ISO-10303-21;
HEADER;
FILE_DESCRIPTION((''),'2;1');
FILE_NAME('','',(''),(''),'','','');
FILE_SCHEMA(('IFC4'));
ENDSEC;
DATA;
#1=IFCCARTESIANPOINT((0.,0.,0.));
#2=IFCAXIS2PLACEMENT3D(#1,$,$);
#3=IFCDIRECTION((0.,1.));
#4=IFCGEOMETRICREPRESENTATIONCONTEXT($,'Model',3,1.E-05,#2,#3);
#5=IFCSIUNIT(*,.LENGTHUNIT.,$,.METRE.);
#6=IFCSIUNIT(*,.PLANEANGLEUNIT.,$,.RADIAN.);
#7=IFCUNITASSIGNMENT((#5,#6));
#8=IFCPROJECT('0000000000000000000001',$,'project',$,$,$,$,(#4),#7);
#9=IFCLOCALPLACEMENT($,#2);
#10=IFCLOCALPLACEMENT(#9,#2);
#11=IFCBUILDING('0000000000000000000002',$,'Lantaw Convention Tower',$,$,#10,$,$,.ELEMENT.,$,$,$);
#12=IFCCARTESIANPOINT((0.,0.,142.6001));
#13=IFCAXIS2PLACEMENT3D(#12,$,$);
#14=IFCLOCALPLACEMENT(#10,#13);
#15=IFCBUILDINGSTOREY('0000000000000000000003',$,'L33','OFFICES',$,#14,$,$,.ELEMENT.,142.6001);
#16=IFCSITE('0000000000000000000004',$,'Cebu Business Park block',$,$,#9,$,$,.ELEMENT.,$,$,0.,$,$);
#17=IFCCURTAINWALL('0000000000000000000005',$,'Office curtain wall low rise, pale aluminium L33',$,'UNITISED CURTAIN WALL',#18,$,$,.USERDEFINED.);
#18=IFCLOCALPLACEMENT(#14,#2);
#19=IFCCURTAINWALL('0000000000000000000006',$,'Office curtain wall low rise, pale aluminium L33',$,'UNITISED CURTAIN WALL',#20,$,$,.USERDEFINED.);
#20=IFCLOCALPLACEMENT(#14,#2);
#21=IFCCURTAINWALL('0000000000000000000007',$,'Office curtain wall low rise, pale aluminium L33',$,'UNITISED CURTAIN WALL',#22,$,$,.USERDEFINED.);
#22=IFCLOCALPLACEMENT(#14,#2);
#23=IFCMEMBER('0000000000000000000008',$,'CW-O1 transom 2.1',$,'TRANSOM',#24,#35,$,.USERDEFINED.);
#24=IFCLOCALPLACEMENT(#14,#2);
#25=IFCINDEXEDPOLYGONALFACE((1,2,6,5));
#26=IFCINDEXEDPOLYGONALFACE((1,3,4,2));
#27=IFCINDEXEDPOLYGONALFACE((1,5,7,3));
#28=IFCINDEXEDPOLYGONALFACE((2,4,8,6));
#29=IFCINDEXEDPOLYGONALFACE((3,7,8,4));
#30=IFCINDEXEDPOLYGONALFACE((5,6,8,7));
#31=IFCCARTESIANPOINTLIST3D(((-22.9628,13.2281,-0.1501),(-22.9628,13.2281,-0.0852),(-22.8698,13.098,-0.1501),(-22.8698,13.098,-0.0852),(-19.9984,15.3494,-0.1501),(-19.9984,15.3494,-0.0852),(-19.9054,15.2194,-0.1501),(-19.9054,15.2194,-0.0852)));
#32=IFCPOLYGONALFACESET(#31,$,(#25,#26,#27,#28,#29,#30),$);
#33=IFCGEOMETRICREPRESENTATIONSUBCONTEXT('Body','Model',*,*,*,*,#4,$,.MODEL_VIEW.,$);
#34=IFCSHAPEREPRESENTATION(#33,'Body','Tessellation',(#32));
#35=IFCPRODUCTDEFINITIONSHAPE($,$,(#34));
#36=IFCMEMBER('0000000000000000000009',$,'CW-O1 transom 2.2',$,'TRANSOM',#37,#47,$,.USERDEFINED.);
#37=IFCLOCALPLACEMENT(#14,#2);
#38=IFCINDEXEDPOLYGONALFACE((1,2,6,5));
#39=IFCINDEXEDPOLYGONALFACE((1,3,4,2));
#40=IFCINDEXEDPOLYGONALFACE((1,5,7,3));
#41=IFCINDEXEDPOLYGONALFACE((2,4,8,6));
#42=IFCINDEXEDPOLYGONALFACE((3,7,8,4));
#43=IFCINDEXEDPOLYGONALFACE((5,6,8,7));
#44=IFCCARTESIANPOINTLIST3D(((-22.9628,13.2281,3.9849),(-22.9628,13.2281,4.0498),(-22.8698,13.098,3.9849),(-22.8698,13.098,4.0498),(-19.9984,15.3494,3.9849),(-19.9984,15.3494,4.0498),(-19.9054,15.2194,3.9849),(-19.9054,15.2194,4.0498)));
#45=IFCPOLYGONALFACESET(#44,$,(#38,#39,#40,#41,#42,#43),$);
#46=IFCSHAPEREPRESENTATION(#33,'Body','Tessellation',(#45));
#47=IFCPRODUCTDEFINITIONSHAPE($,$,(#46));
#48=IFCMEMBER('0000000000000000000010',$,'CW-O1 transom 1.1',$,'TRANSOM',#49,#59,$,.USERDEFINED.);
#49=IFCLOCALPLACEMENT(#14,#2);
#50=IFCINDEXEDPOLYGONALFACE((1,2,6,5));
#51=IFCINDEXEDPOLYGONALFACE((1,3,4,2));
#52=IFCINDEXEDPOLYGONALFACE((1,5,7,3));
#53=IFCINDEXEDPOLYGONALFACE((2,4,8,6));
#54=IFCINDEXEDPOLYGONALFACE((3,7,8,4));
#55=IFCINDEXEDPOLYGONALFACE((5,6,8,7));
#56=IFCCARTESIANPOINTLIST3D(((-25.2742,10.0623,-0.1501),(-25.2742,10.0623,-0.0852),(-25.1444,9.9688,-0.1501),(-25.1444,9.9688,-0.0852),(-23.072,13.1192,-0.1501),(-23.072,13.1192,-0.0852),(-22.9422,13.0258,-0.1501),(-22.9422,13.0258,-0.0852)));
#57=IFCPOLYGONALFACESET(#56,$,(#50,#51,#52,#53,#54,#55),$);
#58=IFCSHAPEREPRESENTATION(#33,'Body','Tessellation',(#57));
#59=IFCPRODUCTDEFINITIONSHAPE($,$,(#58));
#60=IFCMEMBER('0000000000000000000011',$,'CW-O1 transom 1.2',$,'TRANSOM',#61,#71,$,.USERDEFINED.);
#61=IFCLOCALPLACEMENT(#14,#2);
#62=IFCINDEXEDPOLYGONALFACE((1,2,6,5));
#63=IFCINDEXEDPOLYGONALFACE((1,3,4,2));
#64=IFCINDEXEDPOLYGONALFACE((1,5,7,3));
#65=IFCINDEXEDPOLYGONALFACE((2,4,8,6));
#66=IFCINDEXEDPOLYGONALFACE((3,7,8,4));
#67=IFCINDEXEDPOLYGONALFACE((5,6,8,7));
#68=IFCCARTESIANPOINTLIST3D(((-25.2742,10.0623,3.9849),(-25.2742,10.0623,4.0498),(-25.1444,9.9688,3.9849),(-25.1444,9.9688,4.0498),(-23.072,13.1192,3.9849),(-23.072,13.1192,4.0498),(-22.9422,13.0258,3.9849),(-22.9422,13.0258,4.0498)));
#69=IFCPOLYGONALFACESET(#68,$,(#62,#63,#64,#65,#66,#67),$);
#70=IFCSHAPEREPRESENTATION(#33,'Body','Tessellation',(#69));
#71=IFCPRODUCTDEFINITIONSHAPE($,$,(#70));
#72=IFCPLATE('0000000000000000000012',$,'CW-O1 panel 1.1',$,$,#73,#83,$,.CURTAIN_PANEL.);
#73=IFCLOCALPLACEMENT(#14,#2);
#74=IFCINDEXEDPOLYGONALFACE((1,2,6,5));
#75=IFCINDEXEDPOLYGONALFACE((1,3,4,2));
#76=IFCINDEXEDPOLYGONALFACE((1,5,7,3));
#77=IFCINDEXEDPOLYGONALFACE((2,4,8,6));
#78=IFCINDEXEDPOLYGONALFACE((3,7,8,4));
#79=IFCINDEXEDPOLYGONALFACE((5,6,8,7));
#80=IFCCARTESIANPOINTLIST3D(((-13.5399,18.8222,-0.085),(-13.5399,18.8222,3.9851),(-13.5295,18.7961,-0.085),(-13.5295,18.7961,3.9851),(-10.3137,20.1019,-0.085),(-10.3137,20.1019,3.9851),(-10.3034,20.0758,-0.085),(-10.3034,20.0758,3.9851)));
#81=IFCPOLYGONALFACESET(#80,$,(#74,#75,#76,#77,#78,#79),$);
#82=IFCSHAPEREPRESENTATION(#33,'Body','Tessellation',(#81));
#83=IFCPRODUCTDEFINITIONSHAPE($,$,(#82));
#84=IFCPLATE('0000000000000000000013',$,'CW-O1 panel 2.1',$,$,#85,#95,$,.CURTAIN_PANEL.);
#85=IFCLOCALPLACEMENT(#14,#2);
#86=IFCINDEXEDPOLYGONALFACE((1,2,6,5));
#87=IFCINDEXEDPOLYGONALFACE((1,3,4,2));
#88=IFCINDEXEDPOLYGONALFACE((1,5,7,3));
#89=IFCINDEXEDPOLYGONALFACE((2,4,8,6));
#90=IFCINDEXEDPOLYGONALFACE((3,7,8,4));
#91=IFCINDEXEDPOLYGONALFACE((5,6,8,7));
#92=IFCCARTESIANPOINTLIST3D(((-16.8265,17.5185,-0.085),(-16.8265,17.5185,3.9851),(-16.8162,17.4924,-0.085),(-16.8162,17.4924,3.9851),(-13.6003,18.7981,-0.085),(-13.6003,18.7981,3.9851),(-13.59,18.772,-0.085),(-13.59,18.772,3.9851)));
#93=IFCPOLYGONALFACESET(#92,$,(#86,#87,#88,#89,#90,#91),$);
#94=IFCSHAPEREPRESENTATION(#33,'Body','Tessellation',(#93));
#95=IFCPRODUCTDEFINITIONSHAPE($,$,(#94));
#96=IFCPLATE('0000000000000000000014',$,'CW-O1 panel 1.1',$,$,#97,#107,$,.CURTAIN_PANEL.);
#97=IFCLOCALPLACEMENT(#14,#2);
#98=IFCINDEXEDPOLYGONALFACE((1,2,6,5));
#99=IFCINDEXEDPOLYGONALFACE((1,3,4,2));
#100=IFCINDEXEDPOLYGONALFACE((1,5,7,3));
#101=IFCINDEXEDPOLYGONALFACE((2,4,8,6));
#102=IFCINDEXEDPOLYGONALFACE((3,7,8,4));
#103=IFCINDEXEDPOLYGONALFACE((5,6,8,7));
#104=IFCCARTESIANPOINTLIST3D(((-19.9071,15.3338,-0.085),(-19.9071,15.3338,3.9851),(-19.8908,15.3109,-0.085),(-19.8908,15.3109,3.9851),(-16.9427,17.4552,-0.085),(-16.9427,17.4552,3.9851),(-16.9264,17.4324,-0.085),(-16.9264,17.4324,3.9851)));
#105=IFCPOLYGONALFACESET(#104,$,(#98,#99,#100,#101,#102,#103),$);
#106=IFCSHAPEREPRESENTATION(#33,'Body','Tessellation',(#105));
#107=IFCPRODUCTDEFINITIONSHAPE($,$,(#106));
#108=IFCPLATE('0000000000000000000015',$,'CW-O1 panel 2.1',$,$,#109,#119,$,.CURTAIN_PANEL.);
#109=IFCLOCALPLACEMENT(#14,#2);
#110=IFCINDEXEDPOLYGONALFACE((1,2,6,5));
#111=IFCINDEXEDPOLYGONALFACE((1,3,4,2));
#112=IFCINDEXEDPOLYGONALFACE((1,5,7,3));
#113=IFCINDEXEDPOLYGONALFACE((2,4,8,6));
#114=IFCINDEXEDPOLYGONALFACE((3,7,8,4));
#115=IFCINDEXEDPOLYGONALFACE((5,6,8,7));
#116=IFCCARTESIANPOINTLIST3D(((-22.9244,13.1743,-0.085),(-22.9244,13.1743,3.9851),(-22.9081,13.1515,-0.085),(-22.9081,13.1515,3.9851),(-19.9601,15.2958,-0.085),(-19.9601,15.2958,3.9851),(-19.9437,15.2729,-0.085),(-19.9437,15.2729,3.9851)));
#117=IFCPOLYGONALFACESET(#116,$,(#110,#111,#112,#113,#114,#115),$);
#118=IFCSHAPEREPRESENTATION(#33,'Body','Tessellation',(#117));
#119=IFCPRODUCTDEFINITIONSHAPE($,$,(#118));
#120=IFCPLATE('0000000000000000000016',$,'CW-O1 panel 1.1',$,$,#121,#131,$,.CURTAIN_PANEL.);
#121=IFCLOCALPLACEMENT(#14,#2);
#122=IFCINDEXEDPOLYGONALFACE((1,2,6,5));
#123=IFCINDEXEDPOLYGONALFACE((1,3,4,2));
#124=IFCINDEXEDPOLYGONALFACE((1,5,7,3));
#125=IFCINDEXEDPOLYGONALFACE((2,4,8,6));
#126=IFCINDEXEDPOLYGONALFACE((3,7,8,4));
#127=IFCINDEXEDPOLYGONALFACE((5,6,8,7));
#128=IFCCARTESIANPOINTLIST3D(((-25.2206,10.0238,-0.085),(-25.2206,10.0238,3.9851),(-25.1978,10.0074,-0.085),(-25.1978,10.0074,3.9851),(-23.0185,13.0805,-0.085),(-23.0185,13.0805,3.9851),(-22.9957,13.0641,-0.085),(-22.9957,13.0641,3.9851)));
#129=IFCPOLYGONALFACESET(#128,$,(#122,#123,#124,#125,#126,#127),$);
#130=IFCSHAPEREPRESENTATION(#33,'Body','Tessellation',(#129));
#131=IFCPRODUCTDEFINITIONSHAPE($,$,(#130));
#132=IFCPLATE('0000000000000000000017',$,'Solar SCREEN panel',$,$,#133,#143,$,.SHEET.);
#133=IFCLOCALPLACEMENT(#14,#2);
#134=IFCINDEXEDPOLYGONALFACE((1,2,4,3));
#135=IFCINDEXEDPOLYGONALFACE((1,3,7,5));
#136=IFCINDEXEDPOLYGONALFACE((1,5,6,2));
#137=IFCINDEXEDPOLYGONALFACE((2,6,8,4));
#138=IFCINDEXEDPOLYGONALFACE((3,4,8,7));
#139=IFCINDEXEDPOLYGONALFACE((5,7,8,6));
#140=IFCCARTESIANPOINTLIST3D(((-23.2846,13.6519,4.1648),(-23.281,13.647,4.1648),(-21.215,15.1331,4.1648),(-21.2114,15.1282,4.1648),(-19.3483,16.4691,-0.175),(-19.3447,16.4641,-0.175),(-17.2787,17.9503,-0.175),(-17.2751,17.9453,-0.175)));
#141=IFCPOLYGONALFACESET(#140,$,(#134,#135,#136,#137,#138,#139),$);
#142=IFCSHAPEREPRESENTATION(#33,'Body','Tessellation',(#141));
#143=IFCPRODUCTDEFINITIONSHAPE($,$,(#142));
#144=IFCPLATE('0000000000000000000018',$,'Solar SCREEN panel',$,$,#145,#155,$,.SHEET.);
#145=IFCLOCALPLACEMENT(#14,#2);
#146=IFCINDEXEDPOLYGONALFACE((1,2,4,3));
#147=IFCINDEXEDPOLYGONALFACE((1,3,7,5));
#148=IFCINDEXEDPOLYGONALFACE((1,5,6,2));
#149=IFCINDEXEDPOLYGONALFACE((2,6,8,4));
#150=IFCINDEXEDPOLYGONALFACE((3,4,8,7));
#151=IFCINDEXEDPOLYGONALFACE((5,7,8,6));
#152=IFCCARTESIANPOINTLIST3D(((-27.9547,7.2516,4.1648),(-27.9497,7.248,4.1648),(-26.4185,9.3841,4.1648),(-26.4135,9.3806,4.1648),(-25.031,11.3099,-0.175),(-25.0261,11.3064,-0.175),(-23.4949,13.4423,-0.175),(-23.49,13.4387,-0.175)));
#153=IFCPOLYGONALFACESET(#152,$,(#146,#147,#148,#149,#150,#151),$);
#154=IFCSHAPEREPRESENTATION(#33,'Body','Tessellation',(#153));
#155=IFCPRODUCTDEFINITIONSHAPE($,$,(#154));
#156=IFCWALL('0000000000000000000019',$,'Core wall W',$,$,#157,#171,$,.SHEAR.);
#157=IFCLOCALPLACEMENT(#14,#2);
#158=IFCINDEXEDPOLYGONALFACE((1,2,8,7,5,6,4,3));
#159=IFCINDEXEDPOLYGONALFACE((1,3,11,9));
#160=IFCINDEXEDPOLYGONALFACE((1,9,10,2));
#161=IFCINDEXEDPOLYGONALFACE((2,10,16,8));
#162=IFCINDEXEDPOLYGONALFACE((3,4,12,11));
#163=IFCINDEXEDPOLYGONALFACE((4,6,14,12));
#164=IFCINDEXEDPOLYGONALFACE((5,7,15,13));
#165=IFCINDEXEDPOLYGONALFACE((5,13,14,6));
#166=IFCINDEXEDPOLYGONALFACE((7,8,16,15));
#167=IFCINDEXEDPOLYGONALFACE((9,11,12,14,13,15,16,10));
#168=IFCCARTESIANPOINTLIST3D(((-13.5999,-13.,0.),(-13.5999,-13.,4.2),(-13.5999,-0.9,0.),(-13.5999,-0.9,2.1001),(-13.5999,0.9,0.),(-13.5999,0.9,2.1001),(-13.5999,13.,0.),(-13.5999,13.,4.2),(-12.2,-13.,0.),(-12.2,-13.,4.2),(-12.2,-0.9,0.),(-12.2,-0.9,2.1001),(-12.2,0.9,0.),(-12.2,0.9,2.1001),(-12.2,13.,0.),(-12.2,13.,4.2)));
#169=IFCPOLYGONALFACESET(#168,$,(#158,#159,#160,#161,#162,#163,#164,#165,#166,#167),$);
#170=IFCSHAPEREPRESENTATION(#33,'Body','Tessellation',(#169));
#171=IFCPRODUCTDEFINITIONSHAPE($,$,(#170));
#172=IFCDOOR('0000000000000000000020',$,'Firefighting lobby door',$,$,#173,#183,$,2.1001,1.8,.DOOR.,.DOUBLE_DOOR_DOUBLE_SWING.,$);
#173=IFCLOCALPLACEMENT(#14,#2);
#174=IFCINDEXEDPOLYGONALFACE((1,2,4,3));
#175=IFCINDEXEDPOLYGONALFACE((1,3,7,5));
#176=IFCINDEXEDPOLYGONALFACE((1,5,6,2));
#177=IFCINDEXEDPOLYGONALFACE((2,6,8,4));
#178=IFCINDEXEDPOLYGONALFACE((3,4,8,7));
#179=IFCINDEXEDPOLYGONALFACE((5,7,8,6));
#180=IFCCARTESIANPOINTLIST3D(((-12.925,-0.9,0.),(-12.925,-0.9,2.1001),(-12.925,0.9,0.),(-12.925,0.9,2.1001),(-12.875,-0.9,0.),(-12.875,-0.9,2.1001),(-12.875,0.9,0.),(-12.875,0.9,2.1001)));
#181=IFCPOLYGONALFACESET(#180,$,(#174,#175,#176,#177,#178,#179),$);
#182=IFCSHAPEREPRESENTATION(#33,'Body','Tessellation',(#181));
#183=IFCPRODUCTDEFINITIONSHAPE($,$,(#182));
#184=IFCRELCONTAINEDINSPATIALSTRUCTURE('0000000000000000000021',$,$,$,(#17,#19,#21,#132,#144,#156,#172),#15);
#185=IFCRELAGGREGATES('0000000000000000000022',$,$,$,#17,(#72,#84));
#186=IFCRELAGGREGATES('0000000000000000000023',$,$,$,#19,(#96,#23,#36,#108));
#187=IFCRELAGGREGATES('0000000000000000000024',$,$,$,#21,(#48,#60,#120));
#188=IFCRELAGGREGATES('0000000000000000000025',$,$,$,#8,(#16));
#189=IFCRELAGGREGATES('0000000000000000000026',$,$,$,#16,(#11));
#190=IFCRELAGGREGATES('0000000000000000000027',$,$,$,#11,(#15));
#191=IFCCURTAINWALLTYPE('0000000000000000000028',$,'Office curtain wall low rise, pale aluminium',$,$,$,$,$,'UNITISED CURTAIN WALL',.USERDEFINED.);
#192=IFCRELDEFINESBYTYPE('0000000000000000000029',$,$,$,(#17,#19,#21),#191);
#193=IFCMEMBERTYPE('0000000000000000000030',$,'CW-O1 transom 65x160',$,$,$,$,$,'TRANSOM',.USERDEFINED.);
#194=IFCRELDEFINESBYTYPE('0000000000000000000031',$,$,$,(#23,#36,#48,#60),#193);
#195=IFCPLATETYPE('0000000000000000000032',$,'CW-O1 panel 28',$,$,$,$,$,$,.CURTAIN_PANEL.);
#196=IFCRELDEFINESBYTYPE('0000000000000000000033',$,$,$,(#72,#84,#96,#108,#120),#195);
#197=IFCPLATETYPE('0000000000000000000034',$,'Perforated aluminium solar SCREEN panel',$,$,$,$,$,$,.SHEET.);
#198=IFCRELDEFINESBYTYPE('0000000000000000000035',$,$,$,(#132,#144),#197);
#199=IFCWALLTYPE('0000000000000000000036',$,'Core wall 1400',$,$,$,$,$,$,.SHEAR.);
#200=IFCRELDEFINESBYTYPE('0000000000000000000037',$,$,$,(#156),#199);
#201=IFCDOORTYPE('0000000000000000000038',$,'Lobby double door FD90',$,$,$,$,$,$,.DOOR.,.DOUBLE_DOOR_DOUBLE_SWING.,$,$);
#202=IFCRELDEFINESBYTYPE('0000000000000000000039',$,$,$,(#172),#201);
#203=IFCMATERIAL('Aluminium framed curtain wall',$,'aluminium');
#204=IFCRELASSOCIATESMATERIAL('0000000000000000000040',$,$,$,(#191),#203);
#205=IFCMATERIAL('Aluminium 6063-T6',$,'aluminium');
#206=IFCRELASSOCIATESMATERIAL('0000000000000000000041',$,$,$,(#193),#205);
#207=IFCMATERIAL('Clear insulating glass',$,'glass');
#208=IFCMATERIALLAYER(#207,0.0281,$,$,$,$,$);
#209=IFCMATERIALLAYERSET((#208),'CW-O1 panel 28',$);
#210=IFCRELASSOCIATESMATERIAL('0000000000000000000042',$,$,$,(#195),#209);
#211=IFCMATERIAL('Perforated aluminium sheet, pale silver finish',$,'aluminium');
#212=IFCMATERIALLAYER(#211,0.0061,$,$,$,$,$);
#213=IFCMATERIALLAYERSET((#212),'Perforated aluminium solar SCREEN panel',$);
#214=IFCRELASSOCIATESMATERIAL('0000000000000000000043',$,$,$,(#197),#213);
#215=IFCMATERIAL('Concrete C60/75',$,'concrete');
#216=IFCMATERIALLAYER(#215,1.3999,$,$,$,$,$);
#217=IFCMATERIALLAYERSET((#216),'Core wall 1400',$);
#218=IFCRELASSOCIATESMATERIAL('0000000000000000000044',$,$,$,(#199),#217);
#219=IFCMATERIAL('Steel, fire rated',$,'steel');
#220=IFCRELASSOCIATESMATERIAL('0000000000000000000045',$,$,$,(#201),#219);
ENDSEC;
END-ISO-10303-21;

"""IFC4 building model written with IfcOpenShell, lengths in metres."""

from ifc_helpers import new_model, si_unit, direction, frame, frame_2d, origin, origin_2d, place, context, subcontext, project, spatial, polyline, rectangle, outline, extrude, material, layer, layer_set, material_profile, profile_set, type_object, element, fill, aggregate, save


model = new_model("IFC4")

# Units and contexts
model_context = context("Model", 3, precision=1e-05, world=origin(), true_north=direction((0.0, 1.0)))
body_context = subcontext(model_context, "Body", "Model", "MODEL_VIEW")
ifc_project = project(units=[si_unit("LENGTHUNIT", "METRE"), si_unit("PLANEANGLEUNIT", "RADIAN")], contexts=[model_context])

# Site, building, storey
site_placement = place(None, origin())
site = spatial("IfcSite", under=ifc_project, at=site_placement, Name="Cebu Business Park block", CompositionType="ELEMENT", RefElevation=0.0)
building_placement = place(site_placement, origin())
building = spatial("IfcBuilding", under=site, at=building_placement, Name="Lantaw Convention Tower", CompositionType="ELEMENT")
storey_placement = place(building_placement, frame((0.0, 0.0, 142.6001)))
storey = spatial("IfcBuildingStorey", under=building, at=storey_placement, Name="L33", Description="OFFICES", CompositionType="ELEMENT", Elevation=142.6001)

# Shared definitions
ifc_material_1 = material(Name="Concrete C60/75", Category="concrete")

# Curtain walls
ifc_material_2 = material(Name="Aluminium framed curtain wall", Category="aluminium")
curtain_wall_type = type_object("IfcCurtainWallType", Name="Office curtain wall low rise, pale aluminium", ElementType="UNITISED CURTAIN WALL", PredefinedType="USERDEFINED", material=ifc_material_2)
curtain_wall_1_placement = place(storey_placement, origin())
curtain_wall_1 = element("IfcCurtainWall", 1, at=curtain_wall_1_placement, inside=storey, type_object=curtain_wall_type, Name="Office curtain wall low rise, pale aluminium L33", ObjectType="UNITISED CURTAIN WALL", PredefinedType="USERDEFINED")
ifc_material_3 = material(Name="Aluminium 6063-T6", Category="aluminium")
curtain_wall_2_placement = place(storey_placement, origin())
curtain_wall_2 = element("IfcCurtainWall", 2, at=curtain_wall_2_placement, inside=storey, type_object=curtain_wall_type, Name="Office curtain wall low rise, pale aluminium L33", ObjectType="UNITISED CURTAIN WALL", PredefinedType="USERDEFINED")
curtain_wall_3_placement = place(storey_placement, origin())
curtain_wall_3 = element("IfcCurtainWall", 3, at=curtain_wall_3_placement, inside=storey, type_object=curtain_wall_type, Name="Office curtain wall low rise, pale aluminium L33", ObjectType="UNITISED CURTAIN WALL", PredefinedType="USERDEFINED")

# Members
ifc_material_profile_1 = material_profile(ifc_material_3, rectangle(XDim=0.1599, YDim=0.0649, at=origin_2d()), Name="CW-O1 transom 65x160")
ifc_profile_set_1 = profile_set([ifc_material_profile_1], Name="Aluminium 6063-T6")
member_type_1 = type_object("IfcMemberType", Name="CW-O1 transom 65x160", ElementType="TRANSOM", PredefinedType="USERDEFINED", material=ifc_profile_set_1)
member_1_placement = place(storey_placement, frame((-19.9519, 15.2844, -0.1177), z_axis=(-0.813222, -0.581954, 0.0), x_axis=(0.581954, -0.813222, 0.0)))
member_1 = element("IfcMember", 4, at=member_1_placement, type_object=member_type_1, Name="CW-O1 transom 2.1", ObjectType="TRANSOM", PredefinedType="USERDEFINED", context=body_context, shape_type="SweptSolid", body=[
    extrude(rectangle(XDim=0.1599, YDim=0.0649, at=origin_2d()), origin(), (0.0, 0.0, 1.0), 3.6453),
])
member_2_placement = place(storey_placement, frame((-19.9519, 15.2844, 4.0173), z_axis=(-0.813222, -0.581954, 0.0), x_axis=(0.581954, -0.813222, 0.0)))
member_2 = element("IfcMember", 5, at=member_2_placement, type_object=member_type_1, Name="CW-O1 transom 2.2", ObjectType="TRANSOM", PredefinedType="USERDEFINED", context=body_context, shape_type="SweptSolid", body=[
    extrude(rectangle(XDim=0.1599, YDim=0.0649, at=origin_2d()), origin(), (0.0, 0.0, 1.0), 3.6453),
])
member_3_placement = place(storey_placement, frame((-23.0071, 13.0725, -0.1177), z_axis=(-0.584513, -0.811384, 0.0), x_axis=(0.811384, -0.584513, 0.0)))
member_3 = element("IfcMember", 6, at=member_3_placement, type_object=member_type_1, Name="CW-O1 transom 1.1", ObjectType="TRANSOM", PredefinedType="USERDEFINED", context=body_context, shape_type="SweptSolid", body=[
    extrude(rectangle(XDim=0.1599, YDim=0.0649, at=origin_2d()), origin(), (0.0, 0.0, 1.0), 3.7676),
])
member_4_placement = place(storey_placement, frame((-23.0071, 13.0725, 4.0173), z_axis=(-0.584513, -0.811384, 0.0), x_axis=(0.811384, -0.584513, 0.0)))
member_4 = element("IfcMember", 7, at=member_4_placement, type_object=member_type_1, Name="CW-O1 transom 1.2", ObjectType="TRANSOM", PredefinedType="USERDEFINED", context=body_context, shape_type="SweptSolid", body=[
    extrude(rectangle(XDim=0.1599, YDim=0.0649, at=origin_2d()), origin(), (0.0, 0.0, 1.0), 3.7676),
])

# Plates
ifc_material_4 = material(Name="Clear insulating glass", Category="glass")
ifc_layer_1 = layer(ifc_material_4, 0.0281)
ifc_layer_set_1 = layer_set([ifc_layer_1], Name="CW-O1 panel 28")
plate_type_1 = type_object("IfcPlateType", Name="CW-O1 panel 28", PredefinedType="CURTAIN_PANEL", material=ifc_layer_set_1)
plate_1_placement = place(storey_placement, frame((-11.9216, 19.449, -0.085), z_axis=(0.0, 0.0, 1.0), x_axis=(-0.929548, -0.368702, 0.0)))
plate_1 = element("IfcPlate", 8, at=plate_1_placement, type_object=plate_type_1, Name="CW-O1 panel 1.1", PredefinedType="CURTAIN_PANEL", context=body_context, shape_type="SweptSolid", body=[
    extrude(rectangle(XDim=3.4707, YDim=0.0281, at=origin_2d()), origin(), (0.0, 0.0, 1.0), 4.0701),
])
plate_2_placement = place(storey_placement, frame((-15.2083, 18.1453, -0.085), z_axis=(0.0, 0.0, 1.0), x_axis=(-0.929548, -0.368702, 0.0)))
plate_2 = element("IfcPlate", 9, at=plate_2_placement, type_object=plate_type_1, Name="CW-O1 panel 2.1", PredefinedType="CURTAIN_PANEL", context=body_context, shape_type="SweptSolid", body=[
    extrude(rectangle(XDim=3.4707, YDim=0.0281, at=origin_2d()), origin(), (0.0, 0.0, 1.0), 4.0701),
])
aggregate(curtain_wall_1, [plate_1, plate_2])
plate_3_placement = place(storey_placement, frame((-18.4167, 16.3831, -0.085), z_axis=(0.0, 0.0, 1.0), x_axis=(-0.813208, -0.581973, 0.0)))
plate_3 = element("IfcPlate", 10, at=plate_3_placement, type_object=plate_type_1, Name="CW-O1 panel 1.1", PredefinedType="CURTAIN_PANEL", context=body_context, shape_type="SweptSolid", body=[
    extrude(rectangle(XDim=3.6453, YDim=0.0281, at=origin_2d()), origin(), (0.0, 0.0, 1.0), 4.0701),
])
plate_4_placement = place(storey_placement, frame((-21.4341, 14.2236, -0.085), z_axis=(0.0, 0.0, 1.0), x_axis=(-0.813208, -0.581973, 0.0)))
plate_4 = element("IfcPlate", 11, at=plate_4_placement, type_object=plate_type_1, Name="CW-O1 panel 2.1", PredefinedType="CURTAIN_PANEL", context=body_context, shape_type="SweptSolid", body=[
    extrude(rectangle(XDim=3.6453, YDim=0.0281, at=origin_2d()), origin(), (0.0, 0.0, 1.0), 4.0701),
])
aggregate(curtain_wall_2, [plate_3, member_1, member_2, plate_4])
plate_5_placement = place(storey_placement, frame((-24.1082, 11.5439, -0.085), z_axis=(0.0, 0.0, 1.0), x_axis=(-0.584513, -0.811385, 0.0)))
plate_5 = element("IfcPlate", 12, at=plate_5_placement, type_object=plate_type_1, Name="CW-O1 panel 1.1", PredefinedType="CURTAIN_PANEL", context=body_context, shape_type="SweptSolid", body=[
    extrude(rectangle(XDim=3.7673, YDim=0.0281, at=origin_2d()), origin(), (0.0, 0.0, 1.0), 4.0701),
])
aggregate(curtain_wall_3, [member_3, member_4, plate_5])

# Plates
ifc_material_5 = material(Name="Perforated aluminium sheet, pale silver finish", Category="aluminium")
ifc_layer_2 = layer(ifc_material_5, 0.0061)
ifc_layer_set_2 = layer_set([ifc_layer_2], Name="Perforated aluminium solar SCREEN panel")
plate_type_2 = type_object("IfcPlateType", Name="Perforated aluminium solar SCREEN panel", PredefinedType="SHEET", material=ifc_layer_set_2)
plate_6_placement = place(storey_placement, frame((-17.2751, 17.9453, -0.175), z_axis=(0.582, -0.813189, 0.000012), x_axis=(-0.813189, -0.582, 0.0)))
element("IfcPlate", 13, at=plate_6_placement, inside=storey, type_object=plate_type_2, Name="Solar SCREEN panel", PredefinedType="SHEET", context=body_context, shape_type="SweptSolid", body=[
    extrude(outline(polyline([(0.0, 0.0), (2.545, 0.0), (7.3855, -4.3398), (4.8405, -4.3398), (0.0, 0.0)])), origin(), (0.0, 0.0, -1.0), 0.0061),
])
plate_7_placement = place(storey_placement, frame((-23.49, 13.4387, -0.175), z_axis=(0.811395, -0.584498, 0.000036), x_axis=(-0.584498, -0.811395, 0.0)))
element("IfcPlate", 14, at=plate_7_placement, inside=storey, type_object=plate_type_2, Name="Solar SCREEN panel", PredefinedType="SHEET", context=body_context, shape_type="SweptSolid", body=[
    extrude(outline(polyline([(0.0, 0.0), (2.628, 0.0), (7.6298, -4.3398), (5.0016, -4.3398), (0.0, 0.0)])), origin(), (0.0, 0.0, -1.0), 0.0061),
])

# Wall, opening, door
ifc_layer_3 = layer(ifc_material_1, 1.3999)
ifc_layer_set_3 = layer_set([ifc_layer_3], Name="Core wall 1400")
wall_type_1 = type_object("IfcWallType", Name="Core wall 1400", PredefinedType="SHEAR", material=ifc_layer_set_3)
wall_1_placement = place(storey_placement, frame((-12.8999, 13.0, 0.0), z_axis=(0.0, 0.0, 1.0), x_axis=(0.0, -1.0, 0.0)))
wall_1 = element("IfcWall", 15, at=wall_1_placement, inside=storey, type_object=wall_type_1, Name="Core wall W", PredefinedType="SHEAR", context=body_context, shape_type="SweptSolid", body=[
    extrude(rectangle(XDim=26.0, YDim=1.3999, at=frame_2d((13.0, 0.0))), origin(), (0.0, 0.0, 1.0), 4.2),
])
opening_placement = place(wall_1_placement, frame((12.1001, 0.0, 0.0)))
opening = element("IfcOpeningElement", 16, at=opening_placement, cuts=wall_1, PredefinedType="OPENING", context=body_context, shape_type="SweptSolid", body=[
    extrude(rectangle(XDim=1.8, YDim=2.1001, at=frame_2d((0.8999, 1.05))), frame((0.0, 0.71, 0.0), z_axis=(0.0, -1.0, 0.0), x_axis=(1.0, 0.0, 0.0)), (0.0, 0.0, 1.0), 1.4199),
])
ifc_material_6 = material(Name="Steel, fire rated", Category="steel")
door_type = type_object("IfcDoorType", Name="Lobby double door FD90", OperationType="DOUBLE_DOOR_DOUBLE_SWING", PredefinedType="DOOR", material=ifc_material_6)
door_placement = place(opening_placement, origin())
door = element("IfcDoor", 17, at=door_placement, inside=storey, type_object=door_type, Name="Firefighting lobby door", OperationType="DOUBLE_DOOR_DOUBLE_SWING", OverallHeight=2.1001, OverallWidth=1.8, PredefinedType="DOOR", context=body_context, shape_type="SweptSolid", body=[
    extrude(rectangle(XDim=1.8, YDim=2.1001, at=frame_2d((0.8999, 1.05))), frame((0.0, 0.0249, 0.0), z_axis=(0.0, -1.0, 0.0), x_axis=(1.0, 0.0, 0.0)), (0.0, 0.0, 1.0), 0.05),
])
fill(opening, door)

save(model, "model.ifc")
